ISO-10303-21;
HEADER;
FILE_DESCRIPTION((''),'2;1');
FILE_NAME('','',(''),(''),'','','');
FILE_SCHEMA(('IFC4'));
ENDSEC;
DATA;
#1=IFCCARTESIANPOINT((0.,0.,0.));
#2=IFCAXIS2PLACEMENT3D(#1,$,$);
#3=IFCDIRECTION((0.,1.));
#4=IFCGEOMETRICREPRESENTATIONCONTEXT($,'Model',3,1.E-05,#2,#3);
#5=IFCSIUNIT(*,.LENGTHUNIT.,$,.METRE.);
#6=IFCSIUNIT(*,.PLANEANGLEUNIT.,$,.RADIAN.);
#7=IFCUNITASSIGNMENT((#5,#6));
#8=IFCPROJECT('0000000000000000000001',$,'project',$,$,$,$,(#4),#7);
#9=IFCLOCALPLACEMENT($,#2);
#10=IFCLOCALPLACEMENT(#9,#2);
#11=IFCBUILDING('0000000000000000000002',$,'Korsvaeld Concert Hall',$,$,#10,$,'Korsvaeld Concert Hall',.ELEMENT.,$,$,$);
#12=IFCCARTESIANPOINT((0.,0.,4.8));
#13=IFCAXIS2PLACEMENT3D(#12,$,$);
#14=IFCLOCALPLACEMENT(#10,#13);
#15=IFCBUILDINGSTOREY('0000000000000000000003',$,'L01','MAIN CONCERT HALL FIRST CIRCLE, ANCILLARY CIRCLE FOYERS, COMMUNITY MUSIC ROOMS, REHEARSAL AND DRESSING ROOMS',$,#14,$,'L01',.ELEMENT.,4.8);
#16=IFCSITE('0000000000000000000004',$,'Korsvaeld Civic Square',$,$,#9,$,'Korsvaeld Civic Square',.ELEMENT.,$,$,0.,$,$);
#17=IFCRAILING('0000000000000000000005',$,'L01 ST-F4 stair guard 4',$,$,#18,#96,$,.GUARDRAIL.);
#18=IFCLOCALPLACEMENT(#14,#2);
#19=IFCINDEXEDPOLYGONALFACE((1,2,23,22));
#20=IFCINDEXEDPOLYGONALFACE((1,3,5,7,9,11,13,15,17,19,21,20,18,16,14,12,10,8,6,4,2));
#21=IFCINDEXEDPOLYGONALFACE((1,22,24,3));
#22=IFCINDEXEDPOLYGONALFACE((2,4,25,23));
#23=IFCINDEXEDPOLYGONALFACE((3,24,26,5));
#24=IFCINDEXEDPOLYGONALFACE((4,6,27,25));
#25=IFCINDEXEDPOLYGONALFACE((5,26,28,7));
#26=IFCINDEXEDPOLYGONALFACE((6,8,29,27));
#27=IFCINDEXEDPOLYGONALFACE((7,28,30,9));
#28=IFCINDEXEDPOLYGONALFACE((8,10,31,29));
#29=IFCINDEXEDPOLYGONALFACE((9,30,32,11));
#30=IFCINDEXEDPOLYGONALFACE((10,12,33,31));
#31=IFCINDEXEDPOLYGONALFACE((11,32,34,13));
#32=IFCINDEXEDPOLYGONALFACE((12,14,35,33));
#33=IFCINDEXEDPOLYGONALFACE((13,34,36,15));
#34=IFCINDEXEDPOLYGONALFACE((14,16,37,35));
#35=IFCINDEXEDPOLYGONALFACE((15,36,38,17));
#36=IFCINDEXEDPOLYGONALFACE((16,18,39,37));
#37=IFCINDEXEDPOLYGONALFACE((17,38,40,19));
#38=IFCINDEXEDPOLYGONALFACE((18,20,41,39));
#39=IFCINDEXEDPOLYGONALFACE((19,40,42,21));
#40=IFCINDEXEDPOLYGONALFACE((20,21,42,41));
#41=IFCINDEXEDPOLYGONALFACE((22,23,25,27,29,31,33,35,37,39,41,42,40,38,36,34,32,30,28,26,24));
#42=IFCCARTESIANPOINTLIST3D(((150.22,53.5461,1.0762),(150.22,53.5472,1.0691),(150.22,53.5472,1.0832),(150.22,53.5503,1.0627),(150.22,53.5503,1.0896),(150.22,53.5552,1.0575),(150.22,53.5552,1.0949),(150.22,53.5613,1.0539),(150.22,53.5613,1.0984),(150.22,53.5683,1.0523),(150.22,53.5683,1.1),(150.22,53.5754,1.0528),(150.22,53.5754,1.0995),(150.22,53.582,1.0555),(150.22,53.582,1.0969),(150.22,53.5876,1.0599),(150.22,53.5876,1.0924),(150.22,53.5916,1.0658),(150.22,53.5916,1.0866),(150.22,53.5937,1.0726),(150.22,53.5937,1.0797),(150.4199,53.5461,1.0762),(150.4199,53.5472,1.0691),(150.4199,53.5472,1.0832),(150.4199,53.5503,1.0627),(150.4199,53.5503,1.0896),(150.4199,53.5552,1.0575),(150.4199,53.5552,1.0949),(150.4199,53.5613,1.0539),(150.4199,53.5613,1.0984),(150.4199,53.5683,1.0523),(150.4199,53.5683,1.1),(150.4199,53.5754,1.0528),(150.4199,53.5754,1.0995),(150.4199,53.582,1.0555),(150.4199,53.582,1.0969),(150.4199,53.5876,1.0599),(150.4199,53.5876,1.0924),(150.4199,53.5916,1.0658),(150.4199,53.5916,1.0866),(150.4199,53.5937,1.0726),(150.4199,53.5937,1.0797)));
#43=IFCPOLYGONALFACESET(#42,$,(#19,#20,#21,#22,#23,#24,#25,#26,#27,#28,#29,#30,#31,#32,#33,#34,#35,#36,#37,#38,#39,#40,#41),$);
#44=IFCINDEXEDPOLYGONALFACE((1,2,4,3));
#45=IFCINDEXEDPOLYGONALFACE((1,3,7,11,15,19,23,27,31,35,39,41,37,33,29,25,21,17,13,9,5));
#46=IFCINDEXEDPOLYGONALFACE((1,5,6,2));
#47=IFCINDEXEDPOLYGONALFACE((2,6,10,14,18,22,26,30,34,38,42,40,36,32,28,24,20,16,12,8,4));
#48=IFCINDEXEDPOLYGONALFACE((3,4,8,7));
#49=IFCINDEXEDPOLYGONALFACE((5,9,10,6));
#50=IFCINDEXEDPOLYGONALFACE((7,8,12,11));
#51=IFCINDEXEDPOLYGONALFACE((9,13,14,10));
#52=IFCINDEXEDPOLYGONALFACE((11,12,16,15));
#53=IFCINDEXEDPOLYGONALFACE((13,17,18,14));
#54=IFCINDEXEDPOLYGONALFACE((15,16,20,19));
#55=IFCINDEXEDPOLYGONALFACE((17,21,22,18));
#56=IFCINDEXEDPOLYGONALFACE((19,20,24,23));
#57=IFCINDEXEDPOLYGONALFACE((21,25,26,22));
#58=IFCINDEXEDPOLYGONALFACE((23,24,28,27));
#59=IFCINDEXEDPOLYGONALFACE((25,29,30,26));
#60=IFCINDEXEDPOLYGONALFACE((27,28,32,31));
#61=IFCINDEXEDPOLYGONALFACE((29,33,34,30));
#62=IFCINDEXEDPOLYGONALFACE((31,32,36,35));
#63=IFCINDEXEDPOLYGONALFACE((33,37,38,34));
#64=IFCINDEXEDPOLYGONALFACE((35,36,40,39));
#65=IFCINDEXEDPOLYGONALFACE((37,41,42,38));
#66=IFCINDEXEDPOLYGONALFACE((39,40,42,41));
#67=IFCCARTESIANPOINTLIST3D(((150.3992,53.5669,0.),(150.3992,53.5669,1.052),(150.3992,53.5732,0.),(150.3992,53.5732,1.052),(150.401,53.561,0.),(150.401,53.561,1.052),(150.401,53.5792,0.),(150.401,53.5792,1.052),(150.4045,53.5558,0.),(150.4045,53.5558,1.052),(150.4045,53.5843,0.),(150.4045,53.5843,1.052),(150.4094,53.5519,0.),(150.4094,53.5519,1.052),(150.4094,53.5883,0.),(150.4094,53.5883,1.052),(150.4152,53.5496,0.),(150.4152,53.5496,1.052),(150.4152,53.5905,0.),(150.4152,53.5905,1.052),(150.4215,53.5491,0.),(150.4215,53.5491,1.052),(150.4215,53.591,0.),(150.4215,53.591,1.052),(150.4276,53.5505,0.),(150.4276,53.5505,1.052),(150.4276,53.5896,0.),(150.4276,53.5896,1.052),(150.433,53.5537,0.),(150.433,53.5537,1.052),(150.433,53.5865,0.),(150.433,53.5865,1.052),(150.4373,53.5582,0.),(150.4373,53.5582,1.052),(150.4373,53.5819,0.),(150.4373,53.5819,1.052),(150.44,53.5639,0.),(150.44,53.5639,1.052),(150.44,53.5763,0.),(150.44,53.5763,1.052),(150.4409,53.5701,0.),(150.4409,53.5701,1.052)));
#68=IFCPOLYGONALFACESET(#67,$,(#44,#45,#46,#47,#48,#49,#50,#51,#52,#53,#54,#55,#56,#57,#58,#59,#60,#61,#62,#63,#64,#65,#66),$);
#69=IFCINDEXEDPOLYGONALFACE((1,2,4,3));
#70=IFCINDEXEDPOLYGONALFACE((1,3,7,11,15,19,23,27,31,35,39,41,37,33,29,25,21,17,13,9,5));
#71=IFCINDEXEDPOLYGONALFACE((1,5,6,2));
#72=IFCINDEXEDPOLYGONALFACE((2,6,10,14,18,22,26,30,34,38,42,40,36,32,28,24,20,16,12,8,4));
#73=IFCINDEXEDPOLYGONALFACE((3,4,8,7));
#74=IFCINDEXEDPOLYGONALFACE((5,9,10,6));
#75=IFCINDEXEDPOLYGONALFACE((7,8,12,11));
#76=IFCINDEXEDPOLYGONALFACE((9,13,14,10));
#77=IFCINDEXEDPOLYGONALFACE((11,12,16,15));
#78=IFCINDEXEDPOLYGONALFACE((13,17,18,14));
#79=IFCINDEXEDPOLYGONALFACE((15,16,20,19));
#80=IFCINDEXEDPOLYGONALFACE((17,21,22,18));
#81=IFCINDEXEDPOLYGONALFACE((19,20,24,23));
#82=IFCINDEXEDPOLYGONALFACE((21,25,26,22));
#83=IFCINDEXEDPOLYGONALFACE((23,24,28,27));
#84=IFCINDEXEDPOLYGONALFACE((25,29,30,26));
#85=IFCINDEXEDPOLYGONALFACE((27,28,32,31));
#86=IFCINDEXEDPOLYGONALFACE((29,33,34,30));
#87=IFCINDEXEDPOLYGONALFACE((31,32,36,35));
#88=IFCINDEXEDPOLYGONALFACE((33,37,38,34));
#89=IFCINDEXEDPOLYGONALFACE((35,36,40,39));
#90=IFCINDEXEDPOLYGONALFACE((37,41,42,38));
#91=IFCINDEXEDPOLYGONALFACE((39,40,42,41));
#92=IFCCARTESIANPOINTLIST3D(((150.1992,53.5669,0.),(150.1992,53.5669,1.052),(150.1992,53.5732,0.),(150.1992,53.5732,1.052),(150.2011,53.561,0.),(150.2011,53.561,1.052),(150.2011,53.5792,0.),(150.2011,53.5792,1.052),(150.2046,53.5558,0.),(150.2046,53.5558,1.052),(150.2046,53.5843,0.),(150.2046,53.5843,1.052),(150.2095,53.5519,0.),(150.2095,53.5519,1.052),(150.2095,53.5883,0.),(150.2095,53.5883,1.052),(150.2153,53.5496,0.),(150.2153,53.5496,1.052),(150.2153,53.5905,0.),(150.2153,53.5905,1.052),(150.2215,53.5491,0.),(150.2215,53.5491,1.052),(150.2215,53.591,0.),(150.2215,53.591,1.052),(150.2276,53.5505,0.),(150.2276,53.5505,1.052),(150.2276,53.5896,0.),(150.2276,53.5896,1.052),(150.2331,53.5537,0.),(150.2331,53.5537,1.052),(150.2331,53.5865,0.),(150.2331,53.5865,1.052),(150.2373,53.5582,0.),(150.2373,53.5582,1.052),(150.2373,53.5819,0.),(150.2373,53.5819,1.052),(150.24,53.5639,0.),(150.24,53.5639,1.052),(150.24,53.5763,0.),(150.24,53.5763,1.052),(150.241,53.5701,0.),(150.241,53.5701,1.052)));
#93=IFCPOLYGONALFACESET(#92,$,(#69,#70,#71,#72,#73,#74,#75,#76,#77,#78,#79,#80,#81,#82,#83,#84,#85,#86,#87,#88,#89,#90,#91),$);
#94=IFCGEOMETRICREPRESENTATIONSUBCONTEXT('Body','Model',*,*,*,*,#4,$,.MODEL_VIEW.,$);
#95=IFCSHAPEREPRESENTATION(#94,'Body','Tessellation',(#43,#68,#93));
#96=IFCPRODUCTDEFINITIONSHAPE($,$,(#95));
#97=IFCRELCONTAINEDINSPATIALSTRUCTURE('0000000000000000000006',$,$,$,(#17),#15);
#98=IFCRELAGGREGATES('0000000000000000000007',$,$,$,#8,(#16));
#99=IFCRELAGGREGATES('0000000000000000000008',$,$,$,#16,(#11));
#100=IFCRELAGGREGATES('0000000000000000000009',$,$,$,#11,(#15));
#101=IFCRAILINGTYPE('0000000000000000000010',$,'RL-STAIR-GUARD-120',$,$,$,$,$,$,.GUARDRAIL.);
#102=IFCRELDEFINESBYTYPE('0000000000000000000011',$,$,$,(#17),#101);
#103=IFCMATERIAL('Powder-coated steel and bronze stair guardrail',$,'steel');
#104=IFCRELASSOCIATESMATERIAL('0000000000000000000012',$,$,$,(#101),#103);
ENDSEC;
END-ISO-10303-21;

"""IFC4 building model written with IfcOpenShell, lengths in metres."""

from ifc_helpers import new_model, si_unit, direction, frame, origin, origin_2d, place, context, subcontext, project, spatial, circle, extrude, material, type_object, element, save


model = new_model("IFC4")

# Units and contexts
model_context = context("Model", 3, precision=1e-05, world=origin(), true_north=direction((0.0, 1.0)))
body_context = subcontext(model_context, "Body", "Model", "MODEL_VIEW")
ifc_project = project(units=[si_unit("LENGTHUNIT", "METRE"), si_unit("PLANEANGLEUNIT", "RADIAN")], contexts=[model_context])

# Site, building, storey
site_placement = place(None, origin())
site = spatial("IfcSite", under=ifc_project, at=site_placement, Name="Korsvaeld Civic Square", LongName="Korsvaeld Civic Square", CompositionType="ELEMENT", RefElevation=0.0)
building_placement = place(site_placement, origin())
building = spatial("IfcBuilding", under=site, at=building_placement, Name="Korsvaeld Concert Hall", LongName="Korsvaeld Concert Hall", CompositionType="ELEMENT")
storey_placement = place(building_placement, frame((0.0, 0.0, 4.8)))
storey = spatial("IfcBuildingStorey", under=building, at=storey_placement, Name="L01", Description="MAIN CONCERT HALL FIRST CIRCLE, ANCILLARY CIRCLE FOYERS, COMMUNITY MUSIC ROOMS, REHEARSAL AND DRESSING ROOMS", LongName="L01", CompositionType="ELEMENT", Elevation=4.8)

# Railing
ifc_material_1 = material(Name="Powder-coated steel and bronze stair guardrail", Category="steel")
railing_type_1 = type_object("IfcRailingType", Name="RL-STAIR-GUARD-120", PredefinedType="GUARDRAIL", material=ifc_material_1)
railing_1_placement = place(storey_placement, frame((150.4199, 53.5701, 0.0)))
element("IfcRailing", 1, at=railing_1_placement, inside=storey, type_object=railing_type_1, Name="L01 ST-F4 stair guard 4", PredefinedType="GUARDRAIL", context=body_context, shape_type="SweptSolid", body=[
    extrude(circle(Radius=0.0239, at=origin_2d()), frame((0.0, 0.0, 1.0762), z_axis=(-1.0, 0.0, 0.0), x_axis=(0.0, -1.0, 0.0)), (0.0, 0.0, 1.0), 0.2),
    extrude(circle(Radius=0.021, at=origin_2d()), origin(), (0.0, 0.0, 1.0), 1.052),
    extrude(circle(Radius=0.021, at=origin_2d()), frame((-0.2, 0.0, 0.0)), (0.0, 0.0, 1.0), 1.052),
])

save(model, "model.ifc")
